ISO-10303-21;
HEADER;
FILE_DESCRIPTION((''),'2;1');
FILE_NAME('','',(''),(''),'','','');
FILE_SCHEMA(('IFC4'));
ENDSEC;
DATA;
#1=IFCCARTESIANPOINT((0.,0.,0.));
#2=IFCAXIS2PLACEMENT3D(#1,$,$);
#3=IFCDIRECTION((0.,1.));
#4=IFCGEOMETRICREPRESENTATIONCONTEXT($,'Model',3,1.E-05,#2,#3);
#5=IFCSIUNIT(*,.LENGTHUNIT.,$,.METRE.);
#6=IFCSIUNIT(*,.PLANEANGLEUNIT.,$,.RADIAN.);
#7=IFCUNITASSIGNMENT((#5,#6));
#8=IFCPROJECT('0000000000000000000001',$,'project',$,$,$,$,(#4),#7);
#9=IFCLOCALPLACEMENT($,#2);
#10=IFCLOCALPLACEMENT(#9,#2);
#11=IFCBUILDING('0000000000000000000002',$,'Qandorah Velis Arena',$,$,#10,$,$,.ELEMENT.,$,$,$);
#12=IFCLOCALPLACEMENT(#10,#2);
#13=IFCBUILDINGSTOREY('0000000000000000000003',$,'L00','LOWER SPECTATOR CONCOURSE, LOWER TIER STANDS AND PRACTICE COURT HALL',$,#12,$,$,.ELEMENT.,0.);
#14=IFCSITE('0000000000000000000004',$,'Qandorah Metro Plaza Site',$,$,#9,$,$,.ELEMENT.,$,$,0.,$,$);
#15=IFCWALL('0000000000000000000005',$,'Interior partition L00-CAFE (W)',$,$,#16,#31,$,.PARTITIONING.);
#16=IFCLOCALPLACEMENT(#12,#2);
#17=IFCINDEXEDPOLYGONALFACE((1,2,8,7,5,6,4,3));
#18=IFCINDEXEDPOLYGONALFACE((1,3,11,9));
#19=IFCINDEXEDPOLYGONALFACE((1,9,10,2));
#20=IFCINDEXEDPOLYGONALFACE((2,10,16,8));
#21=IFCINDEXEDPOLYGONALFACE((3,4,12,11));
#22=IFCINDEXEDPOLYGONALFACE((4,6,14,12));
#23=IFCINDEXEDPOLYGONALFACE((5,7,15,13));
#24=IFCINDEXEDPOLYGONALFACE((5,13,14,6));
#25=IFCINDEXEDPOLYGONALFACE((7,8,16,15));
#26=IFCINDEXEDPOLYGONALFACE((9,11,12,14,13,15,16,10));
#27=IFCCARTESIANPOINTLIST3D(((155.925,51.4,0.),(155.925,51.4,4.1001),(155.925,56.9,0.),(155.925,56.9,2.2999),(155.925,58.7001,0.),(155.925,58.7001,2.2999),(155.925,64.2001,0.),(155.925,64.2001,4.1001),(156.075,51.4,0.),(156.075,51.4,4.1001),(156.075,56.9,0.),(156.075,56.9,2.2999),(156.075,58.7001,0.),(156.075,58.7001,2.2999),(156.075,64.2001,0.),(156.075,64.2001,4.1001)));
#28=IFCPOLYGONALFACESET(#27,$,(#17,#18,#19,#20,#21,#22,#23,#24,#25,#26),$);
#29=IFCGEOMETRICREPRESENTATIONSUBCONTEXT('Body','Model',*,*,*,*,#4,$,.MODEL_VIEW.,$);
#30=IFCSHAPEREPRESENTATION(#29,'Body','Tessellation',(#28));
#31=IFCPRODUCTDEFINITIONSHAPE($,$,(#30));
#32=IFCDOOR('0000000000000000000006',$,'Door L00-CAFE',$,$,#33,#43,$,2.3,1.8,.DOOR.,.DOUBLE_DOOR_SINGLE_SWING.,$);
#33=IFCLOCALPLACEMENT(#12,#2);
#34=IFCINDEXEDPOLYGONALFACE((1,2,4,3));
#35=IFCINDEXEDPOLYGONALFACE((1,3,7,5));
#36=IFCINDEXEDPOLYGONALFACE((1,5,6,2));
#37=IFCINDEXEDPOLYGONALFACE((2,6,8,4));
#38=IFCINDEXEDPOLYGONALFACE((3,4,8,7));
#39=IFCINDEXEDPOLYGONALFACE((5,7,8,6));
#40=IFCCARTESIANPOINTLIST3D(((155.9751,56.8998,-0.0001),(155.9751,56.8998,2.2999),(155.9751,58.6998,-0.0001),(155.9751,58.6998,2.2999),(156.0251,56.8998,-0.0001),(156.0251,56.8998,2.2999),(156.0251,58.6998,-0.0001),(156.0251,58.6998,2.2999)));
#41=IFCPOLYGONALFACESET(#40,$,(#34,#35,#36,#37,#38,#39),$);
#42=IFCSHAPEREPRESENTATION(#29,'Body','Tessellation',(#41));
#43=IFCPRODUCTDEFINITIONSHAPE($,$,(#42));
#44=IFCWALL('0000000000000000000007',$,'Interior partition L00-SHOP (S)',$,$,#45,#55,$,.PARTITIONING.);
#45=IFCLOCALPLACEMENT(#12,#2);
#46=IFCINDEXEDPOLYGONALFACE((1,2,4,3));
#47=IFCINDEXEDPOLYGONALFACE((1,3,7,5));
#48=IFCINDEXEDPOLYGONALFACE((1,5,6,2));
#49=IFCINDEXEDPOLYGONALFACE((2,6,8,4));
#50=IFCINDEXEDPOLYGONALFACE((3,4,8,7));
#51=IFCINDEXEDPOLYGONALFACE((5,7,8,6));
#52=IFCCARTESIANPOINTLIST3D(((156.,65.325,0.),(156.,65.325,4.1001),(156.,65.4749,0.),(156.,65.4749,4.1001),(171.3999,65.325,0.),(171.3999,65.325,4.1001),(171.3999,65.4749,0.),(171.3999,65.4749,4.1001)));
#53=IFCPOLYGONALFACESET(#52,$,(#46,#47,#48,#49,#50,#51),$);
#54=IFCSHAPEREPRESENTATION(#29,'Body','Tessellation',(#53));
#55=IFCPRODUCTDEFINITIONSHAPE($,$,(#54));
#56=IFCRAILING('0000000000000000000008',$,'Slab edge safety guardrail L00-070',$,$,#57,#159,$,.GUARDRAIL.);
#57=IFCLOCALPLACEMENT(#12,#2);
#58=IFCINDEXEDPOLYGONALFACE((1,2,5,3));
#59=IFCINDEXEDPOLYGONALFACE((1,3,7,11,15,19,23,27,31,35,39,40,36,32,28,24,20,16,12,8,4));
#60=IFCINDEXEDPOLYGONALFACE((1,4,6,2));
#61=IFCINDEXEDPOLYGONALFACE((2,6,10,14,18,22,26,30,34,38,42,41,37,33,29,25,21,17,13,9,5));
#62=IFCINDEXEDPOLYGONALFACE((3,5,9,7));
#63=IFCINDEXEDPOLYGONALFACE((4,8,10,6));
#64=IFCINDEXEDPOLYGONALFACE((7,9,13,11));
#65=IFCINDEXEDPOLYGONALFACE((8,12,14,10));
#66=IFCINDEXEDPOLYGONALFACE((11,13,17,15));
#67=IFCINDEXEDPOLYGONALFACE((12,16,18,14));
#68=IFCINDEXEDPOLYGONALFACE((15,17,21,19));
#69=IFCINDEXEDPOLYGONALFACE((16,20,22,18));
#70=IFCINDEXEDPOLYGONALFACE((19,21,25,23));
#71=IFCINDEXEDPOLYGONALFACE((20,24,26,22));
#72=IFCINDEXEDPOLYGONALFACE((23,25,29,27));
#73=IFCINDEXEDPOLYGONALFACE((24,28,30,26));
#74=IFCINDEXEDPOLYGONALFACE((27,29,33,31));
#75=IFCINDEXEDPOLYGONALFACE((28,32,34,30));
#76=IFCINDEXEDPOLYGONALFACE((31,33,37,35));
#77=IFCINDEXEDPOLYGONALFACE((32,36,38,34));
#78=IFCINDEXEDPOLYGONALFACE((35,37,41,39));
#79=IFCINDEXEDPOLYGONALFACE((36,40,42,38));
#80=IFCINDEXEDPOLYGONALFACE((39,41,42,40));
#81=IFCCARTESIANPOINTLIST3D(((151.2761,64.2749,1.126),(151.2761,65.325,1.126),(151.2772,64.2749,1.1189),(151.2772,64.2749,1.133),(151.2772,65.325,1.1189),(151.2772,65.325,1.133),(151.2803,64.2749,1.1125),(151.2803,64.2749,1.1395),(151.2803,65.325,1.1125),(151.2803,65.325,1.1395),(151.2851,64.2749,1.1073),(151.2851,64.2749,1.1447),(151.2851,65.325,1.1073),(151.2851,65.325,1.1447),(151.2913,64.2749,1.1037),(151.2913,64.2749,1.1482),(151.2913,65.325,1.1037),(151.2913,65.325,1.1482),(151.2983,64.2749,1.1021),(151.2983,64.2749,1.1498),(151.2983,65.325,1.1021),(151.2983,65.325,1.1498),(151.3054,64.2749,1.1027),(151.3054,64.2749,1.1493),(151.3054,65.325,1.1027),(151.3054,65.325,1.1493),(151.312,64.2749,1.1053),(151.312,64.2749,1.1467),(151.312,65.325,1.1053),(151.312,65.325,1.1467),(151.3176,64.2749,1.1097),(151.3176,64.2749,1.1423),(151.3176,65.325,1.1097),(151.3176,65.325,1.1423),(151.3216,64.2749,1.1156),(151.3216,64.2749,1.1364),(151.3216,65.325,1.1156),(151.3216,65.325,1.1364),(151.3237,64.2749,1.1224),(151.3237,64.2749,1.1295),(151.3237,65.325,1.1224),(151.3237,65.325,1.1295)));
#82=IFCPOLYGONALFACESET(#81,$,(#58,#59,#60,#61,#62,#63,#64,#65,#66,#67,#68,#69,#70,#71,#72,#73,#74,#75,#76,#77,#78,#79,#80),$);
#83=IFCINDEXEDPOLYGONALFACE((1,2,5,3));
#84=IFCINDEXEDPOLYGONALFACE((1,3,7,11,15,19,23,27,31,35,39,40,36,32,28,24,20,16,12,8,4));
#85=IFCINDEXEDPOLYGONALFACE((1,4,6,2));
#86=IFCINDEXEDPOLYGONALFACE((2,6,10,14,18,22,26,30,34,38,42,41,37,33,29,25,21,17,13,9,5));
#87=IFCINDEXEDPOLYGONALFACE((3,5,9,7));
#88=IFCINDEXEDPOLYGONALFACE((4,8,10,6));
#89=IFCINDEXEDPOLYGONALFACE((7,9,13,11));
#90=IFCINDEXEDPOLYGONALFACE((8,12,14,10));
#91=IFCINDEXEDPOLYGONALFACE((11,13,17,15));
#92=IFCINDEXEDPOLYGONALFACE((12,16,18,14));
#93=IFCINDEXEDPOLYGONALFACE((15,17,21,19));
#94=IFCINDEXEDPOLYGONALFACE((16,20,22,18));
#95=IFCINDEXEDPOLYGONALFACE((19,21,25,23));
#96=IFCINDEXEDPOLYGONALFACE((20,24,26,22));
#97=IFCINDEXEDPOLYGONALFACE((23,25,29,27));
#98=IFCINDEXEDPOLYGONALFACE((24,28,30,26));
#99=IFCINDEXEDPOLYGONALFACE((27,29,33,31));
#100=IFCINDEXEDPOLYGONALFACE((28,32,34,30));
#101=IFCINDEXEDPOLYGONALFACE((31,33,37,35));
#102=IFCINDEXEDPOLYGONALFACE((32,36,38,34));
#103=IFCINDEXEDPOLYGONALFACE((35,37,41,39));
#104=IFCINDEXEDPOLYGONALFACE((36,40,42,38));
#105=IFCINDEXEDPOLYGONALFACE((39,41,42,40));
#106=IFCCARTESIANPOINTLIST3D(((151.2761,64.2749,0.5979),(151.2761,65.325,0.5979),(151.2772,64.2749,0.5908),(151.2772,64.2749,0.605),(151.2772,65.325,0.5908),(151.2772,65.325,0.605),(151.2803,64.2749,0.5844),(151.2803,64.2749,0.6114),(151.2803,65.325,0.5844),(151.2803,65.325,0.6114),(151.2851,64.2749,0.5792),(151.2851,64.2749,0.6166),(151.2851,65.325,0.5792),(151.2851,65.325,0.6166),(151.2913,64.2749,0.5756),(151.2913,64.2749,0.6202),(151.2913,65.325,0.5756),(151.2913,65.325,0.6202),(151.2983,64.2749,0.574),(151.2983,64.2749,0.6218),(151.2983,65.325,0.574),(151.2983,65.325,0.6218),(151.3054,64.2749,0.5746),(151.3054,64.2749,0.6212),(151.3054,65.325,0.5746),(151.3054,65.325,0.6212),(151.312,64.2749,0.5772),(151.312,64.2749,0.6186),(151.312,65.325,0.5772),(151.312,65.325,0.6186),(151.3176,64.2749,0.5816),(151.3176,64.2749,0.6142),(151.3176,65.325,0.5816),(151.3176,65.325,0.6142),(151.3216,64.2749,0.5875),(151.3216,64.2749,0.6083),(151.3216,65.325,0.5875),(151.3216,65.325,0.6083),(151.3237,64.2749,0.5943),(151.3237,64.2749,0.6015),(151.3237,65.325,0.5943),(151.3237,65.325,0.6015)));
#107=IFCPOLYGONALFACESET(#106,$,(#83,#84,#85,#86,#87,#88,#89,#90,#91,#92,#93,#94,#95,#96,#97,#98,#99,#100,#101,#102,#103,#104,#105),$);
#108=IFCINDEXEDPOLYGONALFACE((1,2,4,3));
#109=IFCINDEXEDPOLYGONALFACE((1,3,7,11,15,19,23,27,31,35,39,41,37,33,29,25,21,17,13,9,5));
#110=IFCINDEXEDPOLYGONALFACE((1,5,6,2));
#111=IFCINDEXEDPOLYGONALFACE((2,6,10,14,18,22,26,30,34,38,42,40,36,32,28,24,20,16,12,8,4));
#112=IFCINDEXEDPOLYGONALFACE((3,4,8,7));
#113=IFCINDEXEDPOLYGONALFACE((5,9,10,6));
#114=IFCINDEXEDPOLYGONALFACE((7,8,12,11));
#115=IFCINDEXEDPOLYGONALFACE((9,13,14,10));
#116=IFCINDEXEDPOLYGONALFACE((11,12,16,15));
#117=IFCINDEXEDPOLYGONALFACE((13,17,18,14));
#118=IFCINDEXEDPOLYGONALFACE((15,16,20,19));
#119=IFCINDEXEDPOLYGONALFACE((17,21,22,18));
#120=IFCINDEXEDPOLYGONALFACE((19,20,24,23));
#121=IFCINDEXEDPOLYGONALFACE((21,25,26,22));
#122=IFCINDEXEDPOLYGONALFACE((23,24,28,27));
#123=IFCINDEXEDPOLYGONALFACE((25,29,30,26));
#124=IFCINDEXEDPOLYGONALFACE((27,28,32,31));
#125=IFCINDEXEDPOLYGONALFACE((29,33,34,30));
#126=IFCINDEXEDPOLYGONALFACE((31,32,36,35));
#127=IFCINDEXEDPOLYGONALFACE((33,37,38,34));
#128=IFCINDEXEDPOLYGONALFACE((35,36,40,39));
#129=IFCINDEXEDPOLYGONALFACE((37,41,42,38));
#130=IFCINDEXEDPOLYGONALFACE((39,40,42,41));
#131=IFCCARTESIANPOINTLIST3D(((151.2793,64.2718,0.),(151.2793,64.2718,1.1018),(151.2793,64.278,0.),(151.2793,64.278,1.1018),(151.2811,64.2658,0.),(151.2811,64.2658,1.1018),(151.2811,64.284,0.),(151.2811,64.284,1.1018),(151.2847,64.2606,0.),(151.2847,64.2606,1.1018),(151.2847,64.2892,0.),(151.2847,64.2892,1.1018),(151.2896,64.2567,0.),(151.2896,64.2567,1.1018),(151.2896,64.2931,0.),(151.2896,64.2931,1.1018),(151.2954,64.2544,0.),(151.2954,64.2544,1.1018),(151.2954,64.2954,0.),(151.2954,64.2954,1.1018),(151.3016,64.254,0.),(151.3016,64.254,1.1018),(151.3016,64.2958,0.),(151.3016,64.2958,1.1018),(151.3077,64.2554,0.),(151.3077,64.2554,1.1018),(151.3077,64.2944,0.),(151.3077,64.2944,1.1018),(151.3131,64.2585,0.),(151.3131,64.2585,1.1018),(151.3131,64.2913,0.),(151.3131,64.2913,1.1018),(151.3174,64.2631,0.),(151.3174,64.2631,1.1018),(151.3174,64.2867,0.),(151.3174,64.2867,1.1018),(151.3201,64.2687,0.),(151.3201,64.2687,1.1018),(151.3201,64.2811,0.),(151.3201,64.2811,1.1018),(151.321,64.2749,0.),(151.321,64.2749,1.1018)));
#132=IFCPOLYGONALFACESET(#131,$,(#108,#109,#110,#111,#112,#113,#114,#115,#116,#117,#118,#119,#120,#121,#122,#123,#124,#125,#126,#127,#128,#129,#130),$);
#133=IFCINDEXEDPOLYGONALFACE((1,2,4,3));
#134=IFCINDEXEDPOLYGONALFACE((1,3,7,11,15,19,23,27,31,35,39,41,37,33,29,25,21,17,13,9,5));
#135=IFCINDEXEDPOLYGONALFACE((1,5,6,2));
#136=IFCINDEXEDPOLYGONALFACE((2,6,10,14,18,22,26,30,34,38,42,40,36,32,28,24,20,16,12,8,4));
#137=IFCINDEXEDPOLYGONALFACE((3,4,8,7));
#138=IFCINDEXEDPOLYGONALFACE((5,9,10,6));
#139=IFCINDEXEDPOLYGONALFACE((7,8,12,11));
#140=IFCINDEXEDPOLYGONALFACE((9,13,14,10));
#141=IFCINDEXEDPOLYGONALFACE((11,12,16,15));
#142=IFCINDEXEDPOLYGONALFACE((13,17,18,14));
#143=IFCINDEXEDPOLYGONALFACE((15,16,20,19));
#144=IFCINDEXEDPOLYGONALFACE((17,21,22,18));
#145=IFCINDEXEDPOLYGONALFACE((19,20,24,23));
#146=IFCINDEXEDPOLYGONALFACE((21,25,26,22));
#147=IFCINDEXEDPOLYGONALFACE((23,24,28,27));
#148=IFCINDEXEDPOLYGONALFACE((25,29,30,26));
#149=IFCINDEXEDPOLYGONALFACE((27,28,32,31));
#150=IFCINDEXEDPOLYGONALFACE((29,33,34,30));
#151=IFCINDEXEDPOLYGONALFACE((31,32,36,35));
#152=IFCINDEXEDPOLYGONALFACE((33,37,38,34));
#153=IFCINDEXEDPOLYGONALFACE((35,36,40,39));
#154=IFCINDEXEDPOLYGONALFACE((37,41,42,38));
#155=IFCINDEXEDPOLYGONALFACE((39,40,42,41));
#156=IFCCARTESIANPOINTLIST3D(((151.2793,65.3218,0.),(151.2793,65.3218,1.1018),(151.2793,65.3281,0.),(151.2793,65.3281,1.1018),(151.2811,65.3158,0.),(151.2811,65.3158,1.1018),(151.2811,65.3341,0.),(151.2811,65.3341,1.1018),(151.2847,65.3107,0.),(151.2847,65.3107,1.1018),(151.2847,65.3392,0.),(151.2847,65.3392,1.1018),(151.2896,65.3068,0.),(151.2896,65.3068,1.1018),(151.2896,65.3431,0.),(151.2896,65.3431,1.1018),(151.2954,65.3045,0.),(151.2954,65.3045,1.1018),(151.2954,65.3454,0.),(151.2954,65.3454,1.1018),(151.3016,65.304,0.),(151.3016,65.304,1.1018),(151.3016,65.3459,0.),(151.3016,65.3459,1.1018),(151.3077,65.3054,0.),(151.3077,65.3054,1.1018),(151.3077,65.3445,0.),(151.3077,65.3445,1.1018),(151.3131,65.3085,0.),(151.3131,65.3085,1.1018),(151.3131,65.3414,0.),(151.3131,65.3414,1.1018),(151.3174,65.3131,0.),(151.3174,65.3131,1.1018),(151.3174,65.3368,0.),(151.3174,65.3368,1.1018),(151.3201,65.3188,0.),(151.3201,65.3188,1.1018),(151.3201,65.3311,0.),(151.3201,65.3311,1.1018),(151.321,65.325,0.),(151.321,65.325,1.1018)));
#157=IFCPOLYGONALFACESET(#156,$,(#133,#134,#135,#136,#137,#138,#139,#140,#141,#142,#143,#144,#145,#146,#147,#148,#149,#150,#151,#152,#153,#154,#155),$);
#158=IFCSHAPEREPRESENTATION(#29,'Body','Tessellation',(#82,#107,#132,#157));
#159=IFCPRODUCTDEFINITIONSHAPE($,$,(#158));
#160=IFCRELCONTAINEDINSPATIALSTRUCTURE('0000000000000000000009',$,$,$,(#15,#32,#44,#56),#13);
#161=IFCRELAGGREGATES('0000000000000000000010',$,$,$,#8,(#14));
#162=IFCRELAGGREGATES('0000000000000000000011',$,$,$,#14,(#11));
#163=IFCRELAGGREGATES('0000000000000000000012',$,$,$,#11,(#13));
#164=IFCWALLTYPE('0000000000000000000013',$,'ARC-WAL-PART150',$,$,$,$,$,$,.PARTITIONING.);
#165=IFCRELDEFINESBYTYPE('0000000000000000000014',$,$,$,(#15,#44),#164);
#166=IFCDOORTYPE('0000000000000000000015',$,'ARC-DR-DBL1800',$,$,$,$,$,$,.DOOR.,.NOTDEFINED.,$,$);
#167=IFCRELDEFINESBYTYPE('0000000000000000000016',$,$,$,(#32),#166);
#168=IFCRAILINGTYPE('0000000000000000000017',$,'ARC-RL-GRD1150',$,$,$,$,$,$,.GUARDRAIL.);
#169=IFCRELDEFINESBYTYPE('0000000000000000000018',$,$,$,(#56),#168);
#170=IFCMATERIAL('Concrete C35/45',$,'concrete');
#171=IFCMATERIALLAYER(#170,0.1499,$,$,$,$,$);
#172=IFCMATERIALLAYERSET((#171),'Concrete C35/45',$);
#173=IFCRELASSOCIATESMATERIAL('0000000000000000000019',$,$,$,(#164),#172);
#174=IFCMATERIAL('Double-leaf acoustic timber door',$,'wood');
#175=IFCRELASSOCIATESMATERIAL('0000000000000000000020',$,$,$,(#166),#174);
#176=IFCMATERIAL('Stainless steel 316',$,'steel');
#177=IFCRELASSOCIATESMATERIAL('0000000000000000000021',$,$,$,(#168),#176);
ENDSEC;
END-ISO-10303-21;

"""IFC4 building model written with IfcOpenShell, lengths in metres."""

from ifc_helpers import new_model, si_unit, direction, frame, frame_2d, origin, origin_2d, place, context, subcontext, project, spatial, rectangle, circle, extrude, material, layer, layer_set, type_object, element, fill, save


model = new_model("IFC4")

# Units and contexts
model_context = context("Model", 3, precision=1e-05, world=origin(), true_north=direction((0.0, 1.0)))
body_context = subcontext(model_context, "Body", "Model", "MODEL_VIEW")
ifc_project = project(units=[si_unit("LENGTHUNIT", "METRE"), si_unit("PLANEANGLEUNIT", "RADIAN")], contexts=[model_context])

# Site, building, storey
site_placement = place(None, origin())
site = spatial("IfcSite", under=ifc_project, at=site_placement, Name="Qandorah Metro Plaza Site", CompositionType="ELEMENT", RefElevation=0.0)
building_placement = place(site_placement, origin())
building = spatial("IfcBuilding", under=site, at=building_placement, Name="Qandorah Velis Arena", CompositionType="ELEMENT")
storey_placement = place(building_placement, origin())
storey = spatial("IfcBuildingStorey", under=building, at=storey_placement, Name="L00", Description="LOWER SPECTATOR CONCOURSE, LOWER TIER STANDS AND PRACTICE COURT HALL", CompositionType="ELEMENT", Elevation=0.0)

# Shared definitions
ifc_material_1 = material(Name="Concrete C35/45", Category="concrete")
ifc_layer_1 = layer(ifc_material_1, 0.1499)
ifc_layer_set_1 = layer_set([ifc_layer_1], Name="Concrete C35/45")
wall_type = type_object("IfcWallType", Name="ARC-WAL-PART150", PredefinedType="PARTITIONING", material=ifc_layer_set_1)

# Wall, opening, door
wall_1_placement = place(storey_placement, frame((156.0, 64.2, 0.0), z_axis=(0.0, 0.0, 1.0), x_axis=(0.0, -1.0, 0.0)))
wall_1 = element("IfcWall", 1, at=wall_1_placement, inside=storey, type_object=wall_type, Name="Interior partition L00-CAFE (W)", PredefinedType="PARTITIONING", context=body_context, shape_type="SweptSolid", body=[
    extrude(rectangle(XDim=12.8, YDim=0.1499, at=frame_2d((6.3999, 0.0))), origin(), (0.0, 0.0, 1.0), 4.1001),
])
opening_placement = place(wall_1_placement, frame((5.5, 0.0, 0.0)))
opening = element("IfcOpeningElement", 2, at=opening_placement, cuts=wall_1, PredefinedType="OPENING", context=body_context, shape_type="SweptSolid", body=[
    extrude(rectangle(XDim=1.8, YDim=2.3, at=frame_2d((0.8999, 1.1499))), frame((0.0, 0.085, 0.0), z_axis=(0.0, -1.0, 0.0), x_axis=(1.0, 0.0, 0.0)), (0.0, 0.0, 1.0), 0.1699),
])
ifc_material_2 = material(Name="Double-leaf acoustic timber door", Category="wood")
door_type = type_object("IfcDoorType", Name="ARC-DR-DBL1800", OperationType="NOTDEFINED", PredefinedType="DOOR", material=ifc_material_2)
door_placement = place(opening_placement, frame((1.8, 0.0, 0.0), z_axis=(0.0, 0.0, 1.0), x_axis=(-1.0, 0.0, 0.0)))
door = element("IfcDoor", 3, at=door_placement, inside=storey, type_object=door_type, Name="Door L00-CAFE", OperationType="DOUBLE_DOOR_SINGLE_SWING", OverallHeight=2.3, OverallWidth=1.8, PredefinedType="DOOR", context=body_context, shape_type="SweptSolid", body=[
    extrude(rectangle(XDim=1.8, YDim=2.3, at=frame_2d((0.8999, 1.1499))), frame((0.0, 0.0249, 0.0), z_axis=(0.0, -1.0, 0.0), x_axis=(1.0, 0.0, 0.0)), (0.0, 0.0, 1.0), 0.05),
])
fill(opening, door)

# Wall
wall_2_placement = place(storey_placement, frame((156.0, 65.3999, 0.0), z_axis=(0.0, 0.0, 1.0), x_axis=(1.0, 0.0, 0.0)))
element("IfcWall", 4, at=wall_2_placement, inside=storey, type_object=wall_type, Name="Interior partition L00-SHOP (S)", PredefinedType="PARTITIONING", context=body_context, shape_type="SweptSolid", body=[
    extrude(rectangle(XDim=15.3999, YDim=0.1499, at=frame_2d((7.7, 0.0))), origin(), (0.0, 0.0, 1.0), 4.1001),
])

# Railing
ifc_material_3 = material(Name="Stainless steel 316", Category="steel")
railing_type = type_object("IfcRailingType", Name="ARC-RL-GRD1150", PredefinedType="GUARDRAIL", material=ifc_material_3)
railing_placement = place(storey_placement, frame((151.3, 64.2749, 0.0)))
element("IfcRailing", 5, at=railing_placement, inside=storey, type_object=railing_type, Name="Slab edge safety guardrail L00-070", PredefinedType="GUARDRAIL", context=body_context, shape_type="SweptSolid", body=[
    extrude(circle(Radius=0.0239, at=origin_2d()), frame((0.0, 0.0, 1.126), z_axis=(0.0, 1.0, 0.0), x_axis=(-1.0, 0.0, 0.0)), (0.0, 0.0, 1.0), 1.05),
    extrude(circle(Radius=0.0239, at=origin_2d()), frame((0.0, 0.0, 0.5979), z_axis=(0.0, 1.0, 0.0), x_axis=(-1.0, 0.0, 0.0)), (0.0, 0.0, 1.0), 1.05),
    extrude(circle(Radius=0.021, at=origin_2d()), origin(), (0.0, 0.0, 1.0), 1.1018),
    extrude(circle(Radius=0.021, at=origin_2d()), frame((0.0, 1.05, 0.0)), (0.0, 0.0, 1.0), 1.1018),
])

save(model, "model.ifc")
